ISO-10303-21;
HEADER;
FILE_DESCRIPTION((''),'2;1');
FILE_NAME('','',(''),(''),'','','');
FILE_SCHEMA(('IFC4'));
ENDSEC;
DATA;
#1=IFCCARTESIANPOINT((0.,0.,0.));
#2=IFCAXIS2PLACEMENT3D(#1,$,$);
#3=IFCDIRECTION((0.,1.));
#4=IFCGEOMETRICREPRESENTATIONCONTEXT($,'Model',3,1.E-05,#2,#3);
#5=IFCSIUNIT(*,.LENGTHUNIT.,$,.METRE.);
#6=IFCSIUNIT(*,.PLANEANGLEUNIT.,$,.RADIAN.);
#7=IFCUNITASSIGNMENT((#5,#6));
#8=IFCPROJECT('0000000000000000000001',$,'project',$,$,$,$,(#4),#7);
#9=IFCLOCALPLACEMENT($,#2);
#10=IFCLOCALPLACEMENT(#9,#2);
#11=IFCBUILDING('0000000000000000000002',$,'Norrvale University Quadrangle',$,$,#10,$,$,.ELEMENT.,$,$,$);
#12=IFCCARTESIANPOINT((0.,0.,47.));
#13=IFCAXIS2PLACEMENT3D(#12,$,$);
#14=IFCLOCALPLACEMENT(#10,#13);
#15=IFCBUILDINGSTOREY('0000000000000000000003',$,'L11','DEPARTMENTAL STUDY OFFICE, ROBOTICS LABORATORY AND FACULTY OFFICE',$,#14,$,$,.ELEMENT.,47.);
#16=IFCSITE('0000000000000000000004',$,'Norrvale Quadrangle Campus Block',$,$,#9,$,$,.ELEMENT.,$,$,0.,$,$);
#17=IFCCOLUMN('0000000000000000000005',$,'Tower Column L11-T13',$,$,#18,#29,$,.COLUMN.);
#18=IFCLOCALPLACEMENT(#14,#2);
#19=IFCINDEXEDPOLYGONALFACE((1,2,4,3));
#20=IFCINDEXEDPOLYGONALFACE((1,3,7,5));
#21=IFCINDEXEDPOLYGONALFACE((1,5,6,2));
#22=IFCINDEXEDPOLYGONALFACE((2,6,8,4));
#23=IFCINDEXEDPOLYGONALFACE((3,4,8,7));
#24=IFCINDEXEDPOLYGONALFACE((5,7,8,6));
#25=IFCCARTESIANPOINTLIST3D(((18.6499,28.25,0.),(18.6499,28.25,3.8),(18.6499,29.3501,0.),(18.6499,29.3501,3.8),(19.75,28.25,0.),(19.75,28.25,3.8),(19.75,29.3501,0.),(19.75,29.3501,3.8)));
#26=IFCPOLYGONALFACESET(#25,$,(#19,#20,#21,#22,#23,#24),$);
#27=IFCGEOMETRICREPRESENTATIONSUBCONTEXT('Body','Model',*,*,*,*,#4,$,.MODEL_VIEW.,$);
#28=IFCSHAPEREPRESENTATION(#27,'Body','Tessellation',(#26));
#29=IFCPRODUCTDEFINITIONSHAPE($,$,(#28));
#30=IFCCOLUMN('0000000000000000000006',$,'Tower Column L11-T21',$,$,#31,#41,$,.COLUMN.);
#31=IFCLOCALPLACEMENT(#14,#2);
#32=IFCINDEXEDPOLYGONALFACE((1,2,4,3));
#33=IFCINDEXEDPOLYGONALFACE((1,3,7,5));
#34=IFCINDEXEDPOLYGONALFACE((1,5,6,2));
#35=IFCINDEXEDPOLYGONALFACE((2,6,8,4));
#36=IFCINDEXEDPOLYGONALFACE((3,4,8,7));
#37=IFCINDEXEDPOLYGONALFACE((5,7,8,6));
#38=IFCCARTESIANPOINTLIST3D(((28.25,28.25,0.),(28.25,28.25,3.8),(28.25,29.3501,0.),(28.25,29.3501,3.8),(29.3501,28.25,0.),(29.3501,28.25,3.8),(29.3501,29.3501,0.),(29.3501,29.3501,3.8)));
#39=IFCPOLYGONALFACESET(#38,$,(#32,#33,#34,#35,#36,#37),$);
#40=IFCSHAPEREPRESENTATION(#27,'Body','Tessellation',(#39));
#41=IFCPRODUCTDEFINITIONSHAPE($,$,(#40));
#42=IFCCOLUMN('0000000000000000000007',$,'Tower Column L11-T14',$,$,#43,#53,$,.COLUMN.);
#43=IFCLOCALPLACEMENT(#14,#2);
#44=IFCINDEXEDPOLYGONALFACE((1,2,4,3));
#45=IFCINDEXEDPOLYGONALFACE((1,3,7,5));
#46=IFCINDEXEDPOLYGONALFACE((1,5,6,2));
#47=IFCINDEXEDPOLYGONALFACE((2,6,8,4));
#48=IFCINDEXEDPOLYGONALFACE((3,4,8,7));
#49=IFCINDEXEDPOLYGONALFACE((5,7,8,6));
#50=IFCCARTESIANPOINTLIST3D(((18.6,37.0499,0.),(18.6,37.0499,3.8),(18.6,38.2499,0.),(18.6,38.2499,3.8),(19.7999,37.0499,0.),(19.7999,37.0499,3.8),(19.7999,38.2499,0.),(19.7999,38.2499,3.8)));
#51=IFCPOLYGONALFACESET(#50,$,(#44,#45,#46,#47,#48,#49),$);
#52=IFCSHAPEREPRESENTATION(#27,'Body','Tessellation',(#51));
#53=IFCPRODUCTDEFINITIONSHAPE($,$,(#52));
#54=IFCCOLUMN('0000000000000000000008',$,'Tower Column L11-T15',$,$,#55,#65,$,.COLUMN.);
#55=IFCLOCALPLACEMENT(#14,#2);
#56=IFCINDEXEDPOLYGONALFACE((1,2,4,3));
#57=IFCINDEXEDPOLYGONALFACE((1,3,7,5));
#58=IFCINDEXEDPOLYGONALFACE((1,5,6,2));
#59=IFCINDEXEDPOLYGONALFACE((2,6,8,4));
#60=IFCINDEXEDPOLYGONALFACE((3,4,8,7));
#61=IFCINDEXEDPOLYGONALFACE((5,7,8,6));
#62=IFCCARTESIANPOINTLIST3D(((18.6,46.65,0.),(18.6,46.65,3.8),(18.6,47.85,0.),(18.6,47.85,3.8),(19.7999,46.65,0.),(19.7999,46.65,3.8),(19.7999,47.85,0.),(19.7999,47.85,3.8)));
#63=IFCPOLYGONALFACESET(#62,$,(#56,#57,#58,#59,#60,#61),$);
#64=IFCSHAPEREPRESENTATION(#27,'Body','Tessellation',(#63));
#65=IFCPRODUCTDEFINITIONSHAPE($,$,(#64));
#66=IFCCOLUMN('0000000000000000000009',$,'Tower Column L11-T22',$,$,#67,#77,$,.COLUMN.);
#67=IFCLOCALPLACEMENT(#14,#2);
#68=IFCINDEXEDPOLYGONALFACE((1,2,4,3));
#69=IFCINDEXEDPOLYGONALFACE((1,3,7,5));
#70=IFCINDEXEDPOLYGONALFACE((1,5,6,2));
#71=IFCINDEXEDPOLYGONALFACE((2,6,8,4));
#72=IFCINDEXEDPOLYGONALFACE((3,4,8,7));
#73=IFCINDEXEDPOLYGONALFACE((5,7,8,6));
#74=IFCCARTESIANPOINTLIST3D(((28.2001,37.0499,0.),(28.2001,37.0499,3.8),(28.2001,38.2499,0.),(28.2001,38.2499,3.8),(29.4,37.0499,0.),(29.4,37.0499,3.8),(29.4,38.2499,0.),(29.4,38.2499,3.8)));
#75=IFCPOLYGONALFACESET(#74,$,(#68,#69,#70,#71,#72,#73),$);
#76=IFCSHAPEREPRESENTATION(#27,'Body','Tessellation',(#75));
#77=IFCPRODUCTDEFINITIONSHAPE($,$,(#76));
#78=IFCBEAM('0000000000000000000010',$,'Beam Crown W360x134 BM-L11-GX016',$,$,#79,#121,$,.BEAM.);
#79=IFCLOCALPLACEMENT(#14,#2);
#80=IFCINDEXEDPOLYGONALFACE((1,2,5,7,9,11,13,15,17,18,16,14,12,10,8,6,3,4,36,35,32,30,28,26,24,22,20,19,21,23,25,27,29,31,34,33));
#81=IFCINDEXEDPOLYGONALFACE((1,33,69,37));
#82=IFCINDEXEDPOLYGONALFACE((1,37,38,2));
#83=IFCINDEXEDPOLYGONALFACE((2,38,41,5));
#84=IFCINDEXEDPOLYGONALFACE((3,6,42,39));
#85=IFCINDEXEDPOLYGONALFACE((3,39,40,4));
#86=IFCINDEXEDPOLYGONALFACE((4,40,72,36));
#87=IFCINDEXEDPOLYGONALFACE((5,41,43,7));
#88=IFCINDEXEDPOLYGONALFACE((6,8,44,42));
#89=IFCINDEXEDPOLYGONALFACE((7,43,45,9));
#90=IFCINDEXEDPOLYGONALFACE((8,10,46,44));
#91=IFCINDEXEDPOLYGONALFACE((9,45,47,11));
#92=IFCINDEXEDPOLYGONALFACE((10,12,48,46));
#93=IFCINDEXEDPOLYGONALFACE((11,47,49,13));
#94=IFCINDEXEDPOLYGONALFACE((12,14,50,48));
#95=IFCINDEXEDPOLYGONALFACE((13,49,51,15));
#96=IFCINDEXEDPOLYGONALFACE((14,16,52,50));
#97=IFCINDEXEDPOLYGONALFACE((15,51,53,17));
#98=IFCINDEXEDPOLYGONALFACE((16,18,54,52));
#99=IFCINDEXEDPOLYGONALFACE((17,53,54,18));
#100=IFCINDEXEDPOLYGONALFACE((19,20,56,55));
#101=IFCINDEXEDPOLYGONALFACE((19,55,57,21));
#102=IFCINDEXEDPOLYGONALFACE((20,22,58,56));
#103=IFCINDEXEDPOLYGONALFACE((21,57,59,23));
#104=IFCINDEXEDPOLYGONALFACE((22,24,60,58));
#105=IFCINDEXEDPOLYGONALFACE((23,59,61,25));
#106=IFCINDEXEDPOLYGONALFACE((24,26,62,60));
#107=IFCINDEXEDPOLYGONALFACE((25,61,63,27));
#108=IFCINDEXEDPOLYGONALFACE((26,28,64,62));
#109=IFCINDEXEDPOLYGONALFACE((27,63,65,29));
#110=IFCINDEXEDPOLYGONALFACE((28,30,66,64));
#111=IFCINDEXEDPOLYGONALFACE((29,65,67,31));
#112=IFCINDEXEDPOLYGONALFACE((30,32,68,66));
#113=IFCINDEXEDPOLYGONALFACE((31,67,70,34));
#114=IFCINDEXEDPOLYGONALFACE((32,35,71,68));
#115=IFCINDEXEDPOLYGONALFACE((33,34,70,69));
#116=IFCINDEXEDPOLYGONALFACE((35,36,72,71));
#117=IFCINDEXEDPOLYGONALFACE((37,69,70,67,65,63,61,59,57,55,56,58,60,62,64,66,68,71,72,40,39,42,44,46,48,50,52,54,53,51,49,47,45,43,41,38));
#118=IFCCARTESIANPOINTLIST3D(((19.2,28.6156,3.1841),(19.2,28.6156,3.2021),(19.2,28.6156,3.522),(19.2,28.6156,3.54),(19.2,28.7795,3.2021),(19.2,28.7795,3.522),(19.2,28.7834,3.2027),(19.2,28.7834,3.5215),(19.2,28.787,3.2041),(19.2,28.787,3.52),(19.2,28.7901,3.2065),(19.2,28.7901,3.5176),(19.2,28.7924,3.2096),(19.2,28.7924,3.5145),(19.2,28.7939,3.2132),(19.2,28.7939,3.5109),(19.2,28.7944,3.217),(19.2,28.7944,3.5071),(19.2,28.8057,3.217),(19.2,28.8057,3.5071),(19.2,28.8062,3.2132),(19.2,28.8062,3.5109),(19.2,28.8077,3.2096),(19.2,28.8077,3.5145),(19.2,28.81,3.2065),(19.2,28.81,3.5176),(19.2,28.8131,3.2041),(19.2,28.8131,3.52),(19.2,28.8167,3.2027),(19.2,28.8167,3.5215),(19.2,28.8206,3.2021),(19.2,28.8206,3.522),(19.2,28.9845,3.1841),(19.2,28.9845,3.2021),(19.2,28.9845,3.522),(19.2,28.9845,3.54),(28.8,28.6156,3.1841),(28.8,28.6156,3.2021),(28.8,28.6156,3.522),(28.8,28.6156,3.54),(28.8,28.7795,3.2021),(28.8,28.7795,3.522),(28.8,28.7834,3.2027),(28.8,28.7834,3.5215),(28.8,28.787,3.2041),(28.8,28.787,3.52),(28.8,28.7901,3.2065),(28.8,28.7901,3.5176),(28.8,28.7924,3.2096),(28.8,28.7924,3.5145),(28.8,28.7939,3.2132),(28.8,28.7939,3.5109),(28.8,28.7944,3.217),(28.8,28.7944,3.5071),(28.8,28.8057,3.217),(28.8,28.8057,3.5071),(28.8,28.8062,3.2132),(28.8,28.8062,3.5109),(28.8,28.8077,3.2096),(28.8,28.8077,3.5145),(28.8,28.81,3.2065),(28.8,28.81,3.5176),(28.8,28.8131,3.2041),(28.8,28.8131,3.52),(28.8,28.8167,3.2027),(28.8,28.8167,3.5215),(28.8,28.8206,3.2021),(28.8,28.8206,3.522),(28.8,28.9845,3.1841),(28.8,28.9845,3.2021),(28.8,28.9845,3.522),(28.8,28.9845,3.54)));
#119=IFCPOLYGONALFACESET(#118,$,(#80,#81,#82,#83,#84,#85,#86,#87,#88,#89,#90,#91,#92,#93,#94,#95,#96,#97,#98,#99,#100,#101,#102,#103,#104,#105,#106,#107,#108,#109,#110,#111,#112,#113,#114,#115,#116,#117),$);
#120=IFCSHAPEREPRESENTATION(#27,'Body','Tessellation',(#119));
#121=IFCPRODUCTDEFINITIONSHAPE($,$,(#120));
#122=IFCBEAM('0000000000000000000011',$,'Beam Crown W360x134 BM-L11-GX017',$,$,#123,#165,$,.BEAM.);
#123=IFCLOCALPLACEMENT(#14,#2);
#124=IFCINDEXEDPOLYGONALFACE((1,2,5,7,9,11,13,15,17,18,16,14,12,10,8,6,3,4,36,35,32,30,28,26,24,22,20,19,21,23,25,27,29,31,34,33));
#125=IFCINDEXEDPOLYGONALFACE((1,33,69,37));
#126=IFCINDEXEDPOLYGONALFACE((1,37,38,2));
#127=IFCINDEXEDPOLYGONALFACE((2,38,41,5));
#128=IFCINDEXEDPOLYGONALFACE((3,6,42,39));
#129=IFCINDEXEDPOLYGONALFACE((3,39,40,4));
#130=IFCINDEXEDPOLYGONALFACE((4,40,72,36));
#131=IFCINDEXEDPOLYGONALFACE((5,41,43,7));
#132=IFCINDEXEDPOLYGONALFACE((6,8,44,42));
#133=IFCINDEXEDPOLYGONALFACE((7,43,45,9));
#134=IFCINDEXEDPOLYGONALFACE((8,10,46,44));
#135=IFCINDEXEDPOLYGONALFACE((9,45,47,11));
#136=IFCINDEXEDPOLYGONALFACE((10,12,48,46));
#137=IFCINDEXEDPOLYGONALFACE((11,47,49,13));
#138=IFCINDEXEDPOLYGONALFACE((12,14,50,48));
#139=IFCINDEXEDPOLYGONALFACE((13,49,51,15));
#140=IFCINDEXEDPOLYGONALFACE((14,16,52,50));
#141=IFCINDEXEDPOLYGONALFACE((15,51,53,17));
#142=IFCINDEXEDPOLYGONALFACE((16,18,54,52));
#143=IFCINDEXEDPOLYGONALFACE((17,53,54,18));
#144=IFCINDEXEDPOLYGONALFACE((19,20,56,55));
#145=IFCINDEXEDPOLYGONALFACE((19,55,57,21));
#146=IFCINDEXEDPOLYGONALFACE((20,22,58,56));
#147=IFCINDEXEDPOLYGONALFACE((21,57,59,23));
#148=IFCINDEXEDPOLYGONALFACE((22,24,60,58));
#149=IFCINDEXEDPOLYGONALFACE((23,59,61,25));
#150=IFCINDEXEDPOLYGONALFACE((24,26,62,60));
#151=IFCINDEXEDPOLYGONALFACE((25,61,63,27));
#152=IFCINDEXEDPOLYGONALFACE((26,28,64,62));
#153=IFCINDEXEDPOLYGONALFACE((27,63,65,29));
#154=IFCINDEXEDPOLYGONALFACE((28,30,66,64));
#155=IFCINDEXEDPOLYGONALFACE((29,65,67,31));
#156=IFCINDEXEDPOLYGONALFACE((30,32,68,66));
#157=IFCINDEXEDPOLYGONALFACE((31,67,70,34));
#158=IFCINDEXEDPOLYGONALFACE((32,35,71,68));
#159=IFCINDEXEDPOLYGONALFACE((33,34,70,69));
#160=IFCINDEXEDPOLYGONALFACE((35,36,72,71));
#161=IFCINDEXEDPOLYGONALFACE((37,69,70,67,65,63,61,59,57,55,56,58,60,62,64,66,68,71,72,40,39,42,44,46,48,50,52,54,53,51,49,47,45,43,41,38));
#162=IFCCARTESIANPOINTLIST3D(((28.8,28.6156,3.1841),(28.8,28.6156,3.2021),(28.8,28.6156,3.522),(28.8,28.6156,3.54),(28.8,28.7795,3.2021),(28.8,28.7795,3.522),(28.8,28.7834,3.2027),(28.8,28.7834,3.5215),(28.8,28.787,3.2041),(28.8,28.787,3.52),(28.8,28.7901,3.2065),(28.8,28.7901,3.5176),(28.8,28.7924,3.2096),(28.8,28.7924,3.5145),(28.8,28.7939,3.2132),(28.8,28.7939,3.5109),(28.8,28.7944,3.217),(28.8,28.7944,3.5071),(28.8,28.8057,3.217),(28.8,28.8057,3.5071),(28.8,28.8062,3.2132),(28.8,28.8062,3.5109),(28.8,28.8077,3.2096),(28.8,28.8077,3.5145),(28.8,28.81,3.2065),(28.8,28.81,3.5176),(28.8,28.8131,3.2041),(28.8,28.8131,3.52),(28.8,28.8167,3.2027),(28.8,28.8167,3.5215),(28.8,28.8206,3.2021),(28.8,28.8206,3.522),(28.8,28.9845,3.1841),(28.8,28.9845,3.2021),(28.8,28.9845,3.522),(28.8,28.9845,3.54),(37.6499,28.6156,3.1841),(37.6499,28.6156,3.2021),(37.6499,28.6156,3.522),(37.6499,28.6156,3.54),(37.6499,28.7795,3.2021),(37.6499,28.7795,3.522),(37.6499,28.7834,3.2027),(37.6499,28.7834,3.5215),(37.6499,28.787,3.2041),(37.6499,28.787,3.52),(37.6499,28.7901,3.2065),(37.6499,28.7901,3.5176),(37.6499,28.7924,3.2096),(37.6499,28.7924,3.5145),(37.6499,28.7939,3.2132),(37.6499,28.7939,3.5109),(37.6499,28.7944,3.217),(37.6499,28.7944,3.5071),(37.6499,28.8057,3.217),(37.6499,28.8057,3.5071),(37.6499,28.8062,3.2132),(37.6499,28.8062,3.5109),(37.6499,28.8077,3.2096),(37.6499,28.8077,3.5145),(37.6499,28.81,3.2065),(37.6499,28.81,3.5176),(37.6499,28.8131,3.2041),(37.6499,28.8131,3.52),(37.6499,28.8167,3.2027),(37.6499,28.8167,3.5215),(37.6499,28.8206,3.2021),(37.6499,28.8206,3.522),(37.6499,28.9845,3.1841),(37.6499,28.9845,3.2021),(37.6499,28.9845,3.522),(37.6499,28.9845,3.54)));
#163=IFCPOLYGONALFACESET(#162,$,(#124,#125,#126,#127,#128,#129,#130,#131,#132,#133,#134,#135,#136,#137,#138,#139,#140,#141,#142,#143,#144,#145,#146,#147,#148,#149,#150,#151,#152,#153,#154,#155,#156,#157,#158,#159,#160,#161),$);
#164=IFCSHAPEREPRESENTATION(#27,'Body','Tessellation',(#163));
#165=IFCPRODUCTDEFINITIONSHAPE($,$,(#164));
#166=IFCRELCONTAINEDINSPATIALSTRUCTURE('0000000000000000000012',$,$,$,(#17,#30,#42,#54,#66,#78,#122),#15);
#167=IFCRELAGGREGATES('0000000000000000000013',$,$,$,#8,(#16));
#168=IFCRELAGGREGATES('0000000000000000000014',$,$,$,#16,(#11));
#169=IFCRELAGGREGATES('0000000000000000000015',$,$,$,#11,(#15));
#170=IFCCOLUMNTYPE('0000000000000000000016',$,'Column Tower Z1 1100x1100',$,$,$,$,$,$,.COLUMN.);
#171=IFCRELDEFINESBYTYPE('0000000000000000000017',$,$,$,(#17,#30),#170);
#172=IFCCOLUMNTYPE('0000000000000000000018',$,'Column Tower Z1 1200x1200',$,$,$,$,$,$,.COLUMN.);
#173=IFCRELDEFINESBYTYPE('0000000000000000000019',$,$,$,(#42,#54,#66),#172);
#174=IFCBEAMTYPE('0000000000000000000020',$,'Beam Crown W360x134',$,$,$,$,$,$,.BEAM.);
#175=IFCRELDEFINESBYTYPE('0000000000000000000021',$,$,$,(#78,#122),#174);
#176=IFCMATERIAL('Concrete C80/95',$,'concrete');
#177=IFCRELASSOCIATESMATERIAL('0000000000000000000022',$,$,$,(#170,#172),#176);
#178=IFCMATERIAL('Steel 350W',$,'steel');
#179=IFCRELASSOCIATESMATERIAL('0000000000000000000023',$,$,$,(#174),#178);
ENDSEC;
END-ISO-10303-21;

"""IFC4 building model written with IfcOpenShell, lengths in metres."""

from ifc_helpers import new_model, si_unit, direction, frame, origin, origin_2d, place, context, subcontext, project, spatial, rectangle, i_section, extrude, material, material_profile, profile_set, type_object, element, save


model = new_model("IFC4")

# Units and contexts
model_context = context("Model", 3, precision=1e-05, world=origin(), true_north=direction((0.0, 1.0)))
body_context = subcontext(model_context, "Body", "Model", "MODEL_VIEW")
ifc_project = project(units=[si_unit("LENGTHUNIT", "METRE"), si_unit("PLANEANGLEUNIT", "RADIAN")], contexts=[model_context])

# Site, building, storey
site_placement = place(None, origin())
site = spatial("IfcSite", under=ifc_project, at=site_placement, Name="Norrvale Quadrangle Campus Block", CompositionType="ELEMENT", RefElevation=0.0)
building_placement = place(site_placement, origin())
building = spatial("IfcBuilding", under=site, at=building_placement, Name="Norrvale University Quadrangle", CompositionType="ELEMENT")
storey_placement = place(building_placement, frame((0.0, 0.0, 47.0)))
storey = spatial("IfcBuildingStorey", under=building, at=storey_placement, Name="L11", Description="DEPARTMENTAL STUDY OFFICE, ROBOTICS LABORATORY AND FACULTY OFFICE", CompositionType="ELEMENT", Elevation=47.0)

# Columns
ifc_material_1 = material(Name="Concrete C80/95", Category="concrete")
ifc_material_profile_1 = material_profile(ifc_material_1, rectangle(XDim=1.1001, YDim=1.1001, at=origin_2d()), Name="Concrete C80/95")
ifc_profile_set_1 = profile_set([ifc_material_profile_1], Name="Concrete C80/95")
column_type_1 = type_object("IfcColumnType", Name="Column Tower Z1 1100x1100", PredefinedType="COLUMN", material=ifc_profile_set_1)
for number, where, z_axis, x_axis, name in (
    (1, (19.2, 28.8, 0.0), (0.0, 0.0, 1.0), (1.0, 0.0, 0.0), "Tower Column L11-T13"),
    (2, (28.8, 28.8, 0.0), (0.0, 0.0, 1.0), (1.0, 0.0, 0.0), "Tower Column L11-T21"),
):
    element("IfcColumn", number, at=place(storey_placement, frame(where, z_axis=z_axis, x_axis=x_axis)), inside=storey, type_object=column_type_1, Name=name, PredefinedType="COLUMN", context=body_context, shape_type="SweptSolid", body=[
        extrude(rectangle(XDim=1.1001, YDim=1.1001, at=origin_2d()), origin(), (0.0, 0.0, 1.0), 3.8),
    ])
ifc_material_profile_2 = material_profile(ifc_material_1, rectangle(XDim=1.2, YDim=1.2, at=origin_2d()), Name="Concrete C80/95")
ifc_profile_set_2 = profile_set([ifc_material_profile_2], Name="Concrete C80/95")
column_type_2 = type_object("IfcColumnType", Name="Column Tower Z1 1200x1200", PredefinedType="COLUMN", material=ifc_profile_set_2)
for number, where, z_axis, x_axis, name in (
    (3, (19.2, 37.6499, 0.0), (0.0, 0.0, 1.0), (1.0, 0.0, 0.0), "Tower Column L11-T14"),
    (4, (19.2, 47.25, 0.0), (0.0, 0.0, 1.0), (1.0, 0.0, 0.0), "Tower Column L11-T15"),
    (5, (28.8, 37.6499, 0.0), (0.0, 0.0, 1.0), (1.0, 0.0, 0.0), "Tower Column L11-T22"),
):
    element("IfcColumn", number, at=place(storey_placement, frame(where, z_axis=z_axis, x_axis=x_axis)), inside=storey, type_object=column_type_2, Name=name, PredefinedType="COLUMN", context=body_context, shape_type="SweptSolid", body=[
        extrude(rectangle(XDim=1.2, YDim=1.2, at=origin_2d()), origin(), (0.0, 0.0, 1.0), 3.8),
    ])

# Beams
ifc_material_2 = material(Name="Steel 350W", Category="steel")
ifc_material_profile_3 = material_profile(ifc_material_2, i_section(OverallWidth=0.3689, OverallDepth=0.356, WebThickness=0.0112, FlangeThickness=0.0181, FilletRadius=0.0149, at=origin_2d()), Name="Steel 350W")
ifc_profile_set_3 = profile_set([ifc_material_profile_3], Name="Steel 350W")
beam_type_1 = type_object("IfcBeamType", Name="Beam Crown W360x134", PredefinedType="BEAM", material=ifc_profile_set_3)
beam_1_placement = place(storey_placement, frame((19.2, 28.8, 3.3621), z_axis=(1.0, 0.0, 0.0), x_axis=(0.0, 1.0, 0.0)))
element("IfcBeam", 6, at=beam_1_placement, inside=storey, type_object=beam_type_1, Name="Beam Crown W360x134 BM-L11-GX016", PredefinedType="BEAM", context=body_context, shape_type="SweptSolid", body=[
    extrude(i_section(OverallWidth=0.3689, OverallDepth=0.356, WebThickness=0.0112, FlangeThickness=0.0181, FilletRadius=0.0149, at=origin_2d()), origin(), (0.0, 0.0, 1.0), 9.6001),
])
beam_2_placement = place(storey_placement, frame((28.8, 28.8, 3.3621), z_axis=(1.0, 0.0, 0.0), x_axis=(0.0, 1.0, 0.0)))
element("IfcBeam", 7, at=beam_2_placement, inside=storey, type_object=beam_type_1, Name="Beam Crown W360x134 BM-L11-GX017", PredefinedType="BEAM", context=body_context, shape_type="SweptSolid", body=[
    extrude(i_section(OverallWidth=0.3689, OverallDepth=0.356, WebThickness=0.0112, FlangeThickness=0.0181, FilletRadius=0.0149, at=origin_2d()), origin(), (0.0, 0.0, 1.0), 8.8499),
])

save(model, "model.ifc")
